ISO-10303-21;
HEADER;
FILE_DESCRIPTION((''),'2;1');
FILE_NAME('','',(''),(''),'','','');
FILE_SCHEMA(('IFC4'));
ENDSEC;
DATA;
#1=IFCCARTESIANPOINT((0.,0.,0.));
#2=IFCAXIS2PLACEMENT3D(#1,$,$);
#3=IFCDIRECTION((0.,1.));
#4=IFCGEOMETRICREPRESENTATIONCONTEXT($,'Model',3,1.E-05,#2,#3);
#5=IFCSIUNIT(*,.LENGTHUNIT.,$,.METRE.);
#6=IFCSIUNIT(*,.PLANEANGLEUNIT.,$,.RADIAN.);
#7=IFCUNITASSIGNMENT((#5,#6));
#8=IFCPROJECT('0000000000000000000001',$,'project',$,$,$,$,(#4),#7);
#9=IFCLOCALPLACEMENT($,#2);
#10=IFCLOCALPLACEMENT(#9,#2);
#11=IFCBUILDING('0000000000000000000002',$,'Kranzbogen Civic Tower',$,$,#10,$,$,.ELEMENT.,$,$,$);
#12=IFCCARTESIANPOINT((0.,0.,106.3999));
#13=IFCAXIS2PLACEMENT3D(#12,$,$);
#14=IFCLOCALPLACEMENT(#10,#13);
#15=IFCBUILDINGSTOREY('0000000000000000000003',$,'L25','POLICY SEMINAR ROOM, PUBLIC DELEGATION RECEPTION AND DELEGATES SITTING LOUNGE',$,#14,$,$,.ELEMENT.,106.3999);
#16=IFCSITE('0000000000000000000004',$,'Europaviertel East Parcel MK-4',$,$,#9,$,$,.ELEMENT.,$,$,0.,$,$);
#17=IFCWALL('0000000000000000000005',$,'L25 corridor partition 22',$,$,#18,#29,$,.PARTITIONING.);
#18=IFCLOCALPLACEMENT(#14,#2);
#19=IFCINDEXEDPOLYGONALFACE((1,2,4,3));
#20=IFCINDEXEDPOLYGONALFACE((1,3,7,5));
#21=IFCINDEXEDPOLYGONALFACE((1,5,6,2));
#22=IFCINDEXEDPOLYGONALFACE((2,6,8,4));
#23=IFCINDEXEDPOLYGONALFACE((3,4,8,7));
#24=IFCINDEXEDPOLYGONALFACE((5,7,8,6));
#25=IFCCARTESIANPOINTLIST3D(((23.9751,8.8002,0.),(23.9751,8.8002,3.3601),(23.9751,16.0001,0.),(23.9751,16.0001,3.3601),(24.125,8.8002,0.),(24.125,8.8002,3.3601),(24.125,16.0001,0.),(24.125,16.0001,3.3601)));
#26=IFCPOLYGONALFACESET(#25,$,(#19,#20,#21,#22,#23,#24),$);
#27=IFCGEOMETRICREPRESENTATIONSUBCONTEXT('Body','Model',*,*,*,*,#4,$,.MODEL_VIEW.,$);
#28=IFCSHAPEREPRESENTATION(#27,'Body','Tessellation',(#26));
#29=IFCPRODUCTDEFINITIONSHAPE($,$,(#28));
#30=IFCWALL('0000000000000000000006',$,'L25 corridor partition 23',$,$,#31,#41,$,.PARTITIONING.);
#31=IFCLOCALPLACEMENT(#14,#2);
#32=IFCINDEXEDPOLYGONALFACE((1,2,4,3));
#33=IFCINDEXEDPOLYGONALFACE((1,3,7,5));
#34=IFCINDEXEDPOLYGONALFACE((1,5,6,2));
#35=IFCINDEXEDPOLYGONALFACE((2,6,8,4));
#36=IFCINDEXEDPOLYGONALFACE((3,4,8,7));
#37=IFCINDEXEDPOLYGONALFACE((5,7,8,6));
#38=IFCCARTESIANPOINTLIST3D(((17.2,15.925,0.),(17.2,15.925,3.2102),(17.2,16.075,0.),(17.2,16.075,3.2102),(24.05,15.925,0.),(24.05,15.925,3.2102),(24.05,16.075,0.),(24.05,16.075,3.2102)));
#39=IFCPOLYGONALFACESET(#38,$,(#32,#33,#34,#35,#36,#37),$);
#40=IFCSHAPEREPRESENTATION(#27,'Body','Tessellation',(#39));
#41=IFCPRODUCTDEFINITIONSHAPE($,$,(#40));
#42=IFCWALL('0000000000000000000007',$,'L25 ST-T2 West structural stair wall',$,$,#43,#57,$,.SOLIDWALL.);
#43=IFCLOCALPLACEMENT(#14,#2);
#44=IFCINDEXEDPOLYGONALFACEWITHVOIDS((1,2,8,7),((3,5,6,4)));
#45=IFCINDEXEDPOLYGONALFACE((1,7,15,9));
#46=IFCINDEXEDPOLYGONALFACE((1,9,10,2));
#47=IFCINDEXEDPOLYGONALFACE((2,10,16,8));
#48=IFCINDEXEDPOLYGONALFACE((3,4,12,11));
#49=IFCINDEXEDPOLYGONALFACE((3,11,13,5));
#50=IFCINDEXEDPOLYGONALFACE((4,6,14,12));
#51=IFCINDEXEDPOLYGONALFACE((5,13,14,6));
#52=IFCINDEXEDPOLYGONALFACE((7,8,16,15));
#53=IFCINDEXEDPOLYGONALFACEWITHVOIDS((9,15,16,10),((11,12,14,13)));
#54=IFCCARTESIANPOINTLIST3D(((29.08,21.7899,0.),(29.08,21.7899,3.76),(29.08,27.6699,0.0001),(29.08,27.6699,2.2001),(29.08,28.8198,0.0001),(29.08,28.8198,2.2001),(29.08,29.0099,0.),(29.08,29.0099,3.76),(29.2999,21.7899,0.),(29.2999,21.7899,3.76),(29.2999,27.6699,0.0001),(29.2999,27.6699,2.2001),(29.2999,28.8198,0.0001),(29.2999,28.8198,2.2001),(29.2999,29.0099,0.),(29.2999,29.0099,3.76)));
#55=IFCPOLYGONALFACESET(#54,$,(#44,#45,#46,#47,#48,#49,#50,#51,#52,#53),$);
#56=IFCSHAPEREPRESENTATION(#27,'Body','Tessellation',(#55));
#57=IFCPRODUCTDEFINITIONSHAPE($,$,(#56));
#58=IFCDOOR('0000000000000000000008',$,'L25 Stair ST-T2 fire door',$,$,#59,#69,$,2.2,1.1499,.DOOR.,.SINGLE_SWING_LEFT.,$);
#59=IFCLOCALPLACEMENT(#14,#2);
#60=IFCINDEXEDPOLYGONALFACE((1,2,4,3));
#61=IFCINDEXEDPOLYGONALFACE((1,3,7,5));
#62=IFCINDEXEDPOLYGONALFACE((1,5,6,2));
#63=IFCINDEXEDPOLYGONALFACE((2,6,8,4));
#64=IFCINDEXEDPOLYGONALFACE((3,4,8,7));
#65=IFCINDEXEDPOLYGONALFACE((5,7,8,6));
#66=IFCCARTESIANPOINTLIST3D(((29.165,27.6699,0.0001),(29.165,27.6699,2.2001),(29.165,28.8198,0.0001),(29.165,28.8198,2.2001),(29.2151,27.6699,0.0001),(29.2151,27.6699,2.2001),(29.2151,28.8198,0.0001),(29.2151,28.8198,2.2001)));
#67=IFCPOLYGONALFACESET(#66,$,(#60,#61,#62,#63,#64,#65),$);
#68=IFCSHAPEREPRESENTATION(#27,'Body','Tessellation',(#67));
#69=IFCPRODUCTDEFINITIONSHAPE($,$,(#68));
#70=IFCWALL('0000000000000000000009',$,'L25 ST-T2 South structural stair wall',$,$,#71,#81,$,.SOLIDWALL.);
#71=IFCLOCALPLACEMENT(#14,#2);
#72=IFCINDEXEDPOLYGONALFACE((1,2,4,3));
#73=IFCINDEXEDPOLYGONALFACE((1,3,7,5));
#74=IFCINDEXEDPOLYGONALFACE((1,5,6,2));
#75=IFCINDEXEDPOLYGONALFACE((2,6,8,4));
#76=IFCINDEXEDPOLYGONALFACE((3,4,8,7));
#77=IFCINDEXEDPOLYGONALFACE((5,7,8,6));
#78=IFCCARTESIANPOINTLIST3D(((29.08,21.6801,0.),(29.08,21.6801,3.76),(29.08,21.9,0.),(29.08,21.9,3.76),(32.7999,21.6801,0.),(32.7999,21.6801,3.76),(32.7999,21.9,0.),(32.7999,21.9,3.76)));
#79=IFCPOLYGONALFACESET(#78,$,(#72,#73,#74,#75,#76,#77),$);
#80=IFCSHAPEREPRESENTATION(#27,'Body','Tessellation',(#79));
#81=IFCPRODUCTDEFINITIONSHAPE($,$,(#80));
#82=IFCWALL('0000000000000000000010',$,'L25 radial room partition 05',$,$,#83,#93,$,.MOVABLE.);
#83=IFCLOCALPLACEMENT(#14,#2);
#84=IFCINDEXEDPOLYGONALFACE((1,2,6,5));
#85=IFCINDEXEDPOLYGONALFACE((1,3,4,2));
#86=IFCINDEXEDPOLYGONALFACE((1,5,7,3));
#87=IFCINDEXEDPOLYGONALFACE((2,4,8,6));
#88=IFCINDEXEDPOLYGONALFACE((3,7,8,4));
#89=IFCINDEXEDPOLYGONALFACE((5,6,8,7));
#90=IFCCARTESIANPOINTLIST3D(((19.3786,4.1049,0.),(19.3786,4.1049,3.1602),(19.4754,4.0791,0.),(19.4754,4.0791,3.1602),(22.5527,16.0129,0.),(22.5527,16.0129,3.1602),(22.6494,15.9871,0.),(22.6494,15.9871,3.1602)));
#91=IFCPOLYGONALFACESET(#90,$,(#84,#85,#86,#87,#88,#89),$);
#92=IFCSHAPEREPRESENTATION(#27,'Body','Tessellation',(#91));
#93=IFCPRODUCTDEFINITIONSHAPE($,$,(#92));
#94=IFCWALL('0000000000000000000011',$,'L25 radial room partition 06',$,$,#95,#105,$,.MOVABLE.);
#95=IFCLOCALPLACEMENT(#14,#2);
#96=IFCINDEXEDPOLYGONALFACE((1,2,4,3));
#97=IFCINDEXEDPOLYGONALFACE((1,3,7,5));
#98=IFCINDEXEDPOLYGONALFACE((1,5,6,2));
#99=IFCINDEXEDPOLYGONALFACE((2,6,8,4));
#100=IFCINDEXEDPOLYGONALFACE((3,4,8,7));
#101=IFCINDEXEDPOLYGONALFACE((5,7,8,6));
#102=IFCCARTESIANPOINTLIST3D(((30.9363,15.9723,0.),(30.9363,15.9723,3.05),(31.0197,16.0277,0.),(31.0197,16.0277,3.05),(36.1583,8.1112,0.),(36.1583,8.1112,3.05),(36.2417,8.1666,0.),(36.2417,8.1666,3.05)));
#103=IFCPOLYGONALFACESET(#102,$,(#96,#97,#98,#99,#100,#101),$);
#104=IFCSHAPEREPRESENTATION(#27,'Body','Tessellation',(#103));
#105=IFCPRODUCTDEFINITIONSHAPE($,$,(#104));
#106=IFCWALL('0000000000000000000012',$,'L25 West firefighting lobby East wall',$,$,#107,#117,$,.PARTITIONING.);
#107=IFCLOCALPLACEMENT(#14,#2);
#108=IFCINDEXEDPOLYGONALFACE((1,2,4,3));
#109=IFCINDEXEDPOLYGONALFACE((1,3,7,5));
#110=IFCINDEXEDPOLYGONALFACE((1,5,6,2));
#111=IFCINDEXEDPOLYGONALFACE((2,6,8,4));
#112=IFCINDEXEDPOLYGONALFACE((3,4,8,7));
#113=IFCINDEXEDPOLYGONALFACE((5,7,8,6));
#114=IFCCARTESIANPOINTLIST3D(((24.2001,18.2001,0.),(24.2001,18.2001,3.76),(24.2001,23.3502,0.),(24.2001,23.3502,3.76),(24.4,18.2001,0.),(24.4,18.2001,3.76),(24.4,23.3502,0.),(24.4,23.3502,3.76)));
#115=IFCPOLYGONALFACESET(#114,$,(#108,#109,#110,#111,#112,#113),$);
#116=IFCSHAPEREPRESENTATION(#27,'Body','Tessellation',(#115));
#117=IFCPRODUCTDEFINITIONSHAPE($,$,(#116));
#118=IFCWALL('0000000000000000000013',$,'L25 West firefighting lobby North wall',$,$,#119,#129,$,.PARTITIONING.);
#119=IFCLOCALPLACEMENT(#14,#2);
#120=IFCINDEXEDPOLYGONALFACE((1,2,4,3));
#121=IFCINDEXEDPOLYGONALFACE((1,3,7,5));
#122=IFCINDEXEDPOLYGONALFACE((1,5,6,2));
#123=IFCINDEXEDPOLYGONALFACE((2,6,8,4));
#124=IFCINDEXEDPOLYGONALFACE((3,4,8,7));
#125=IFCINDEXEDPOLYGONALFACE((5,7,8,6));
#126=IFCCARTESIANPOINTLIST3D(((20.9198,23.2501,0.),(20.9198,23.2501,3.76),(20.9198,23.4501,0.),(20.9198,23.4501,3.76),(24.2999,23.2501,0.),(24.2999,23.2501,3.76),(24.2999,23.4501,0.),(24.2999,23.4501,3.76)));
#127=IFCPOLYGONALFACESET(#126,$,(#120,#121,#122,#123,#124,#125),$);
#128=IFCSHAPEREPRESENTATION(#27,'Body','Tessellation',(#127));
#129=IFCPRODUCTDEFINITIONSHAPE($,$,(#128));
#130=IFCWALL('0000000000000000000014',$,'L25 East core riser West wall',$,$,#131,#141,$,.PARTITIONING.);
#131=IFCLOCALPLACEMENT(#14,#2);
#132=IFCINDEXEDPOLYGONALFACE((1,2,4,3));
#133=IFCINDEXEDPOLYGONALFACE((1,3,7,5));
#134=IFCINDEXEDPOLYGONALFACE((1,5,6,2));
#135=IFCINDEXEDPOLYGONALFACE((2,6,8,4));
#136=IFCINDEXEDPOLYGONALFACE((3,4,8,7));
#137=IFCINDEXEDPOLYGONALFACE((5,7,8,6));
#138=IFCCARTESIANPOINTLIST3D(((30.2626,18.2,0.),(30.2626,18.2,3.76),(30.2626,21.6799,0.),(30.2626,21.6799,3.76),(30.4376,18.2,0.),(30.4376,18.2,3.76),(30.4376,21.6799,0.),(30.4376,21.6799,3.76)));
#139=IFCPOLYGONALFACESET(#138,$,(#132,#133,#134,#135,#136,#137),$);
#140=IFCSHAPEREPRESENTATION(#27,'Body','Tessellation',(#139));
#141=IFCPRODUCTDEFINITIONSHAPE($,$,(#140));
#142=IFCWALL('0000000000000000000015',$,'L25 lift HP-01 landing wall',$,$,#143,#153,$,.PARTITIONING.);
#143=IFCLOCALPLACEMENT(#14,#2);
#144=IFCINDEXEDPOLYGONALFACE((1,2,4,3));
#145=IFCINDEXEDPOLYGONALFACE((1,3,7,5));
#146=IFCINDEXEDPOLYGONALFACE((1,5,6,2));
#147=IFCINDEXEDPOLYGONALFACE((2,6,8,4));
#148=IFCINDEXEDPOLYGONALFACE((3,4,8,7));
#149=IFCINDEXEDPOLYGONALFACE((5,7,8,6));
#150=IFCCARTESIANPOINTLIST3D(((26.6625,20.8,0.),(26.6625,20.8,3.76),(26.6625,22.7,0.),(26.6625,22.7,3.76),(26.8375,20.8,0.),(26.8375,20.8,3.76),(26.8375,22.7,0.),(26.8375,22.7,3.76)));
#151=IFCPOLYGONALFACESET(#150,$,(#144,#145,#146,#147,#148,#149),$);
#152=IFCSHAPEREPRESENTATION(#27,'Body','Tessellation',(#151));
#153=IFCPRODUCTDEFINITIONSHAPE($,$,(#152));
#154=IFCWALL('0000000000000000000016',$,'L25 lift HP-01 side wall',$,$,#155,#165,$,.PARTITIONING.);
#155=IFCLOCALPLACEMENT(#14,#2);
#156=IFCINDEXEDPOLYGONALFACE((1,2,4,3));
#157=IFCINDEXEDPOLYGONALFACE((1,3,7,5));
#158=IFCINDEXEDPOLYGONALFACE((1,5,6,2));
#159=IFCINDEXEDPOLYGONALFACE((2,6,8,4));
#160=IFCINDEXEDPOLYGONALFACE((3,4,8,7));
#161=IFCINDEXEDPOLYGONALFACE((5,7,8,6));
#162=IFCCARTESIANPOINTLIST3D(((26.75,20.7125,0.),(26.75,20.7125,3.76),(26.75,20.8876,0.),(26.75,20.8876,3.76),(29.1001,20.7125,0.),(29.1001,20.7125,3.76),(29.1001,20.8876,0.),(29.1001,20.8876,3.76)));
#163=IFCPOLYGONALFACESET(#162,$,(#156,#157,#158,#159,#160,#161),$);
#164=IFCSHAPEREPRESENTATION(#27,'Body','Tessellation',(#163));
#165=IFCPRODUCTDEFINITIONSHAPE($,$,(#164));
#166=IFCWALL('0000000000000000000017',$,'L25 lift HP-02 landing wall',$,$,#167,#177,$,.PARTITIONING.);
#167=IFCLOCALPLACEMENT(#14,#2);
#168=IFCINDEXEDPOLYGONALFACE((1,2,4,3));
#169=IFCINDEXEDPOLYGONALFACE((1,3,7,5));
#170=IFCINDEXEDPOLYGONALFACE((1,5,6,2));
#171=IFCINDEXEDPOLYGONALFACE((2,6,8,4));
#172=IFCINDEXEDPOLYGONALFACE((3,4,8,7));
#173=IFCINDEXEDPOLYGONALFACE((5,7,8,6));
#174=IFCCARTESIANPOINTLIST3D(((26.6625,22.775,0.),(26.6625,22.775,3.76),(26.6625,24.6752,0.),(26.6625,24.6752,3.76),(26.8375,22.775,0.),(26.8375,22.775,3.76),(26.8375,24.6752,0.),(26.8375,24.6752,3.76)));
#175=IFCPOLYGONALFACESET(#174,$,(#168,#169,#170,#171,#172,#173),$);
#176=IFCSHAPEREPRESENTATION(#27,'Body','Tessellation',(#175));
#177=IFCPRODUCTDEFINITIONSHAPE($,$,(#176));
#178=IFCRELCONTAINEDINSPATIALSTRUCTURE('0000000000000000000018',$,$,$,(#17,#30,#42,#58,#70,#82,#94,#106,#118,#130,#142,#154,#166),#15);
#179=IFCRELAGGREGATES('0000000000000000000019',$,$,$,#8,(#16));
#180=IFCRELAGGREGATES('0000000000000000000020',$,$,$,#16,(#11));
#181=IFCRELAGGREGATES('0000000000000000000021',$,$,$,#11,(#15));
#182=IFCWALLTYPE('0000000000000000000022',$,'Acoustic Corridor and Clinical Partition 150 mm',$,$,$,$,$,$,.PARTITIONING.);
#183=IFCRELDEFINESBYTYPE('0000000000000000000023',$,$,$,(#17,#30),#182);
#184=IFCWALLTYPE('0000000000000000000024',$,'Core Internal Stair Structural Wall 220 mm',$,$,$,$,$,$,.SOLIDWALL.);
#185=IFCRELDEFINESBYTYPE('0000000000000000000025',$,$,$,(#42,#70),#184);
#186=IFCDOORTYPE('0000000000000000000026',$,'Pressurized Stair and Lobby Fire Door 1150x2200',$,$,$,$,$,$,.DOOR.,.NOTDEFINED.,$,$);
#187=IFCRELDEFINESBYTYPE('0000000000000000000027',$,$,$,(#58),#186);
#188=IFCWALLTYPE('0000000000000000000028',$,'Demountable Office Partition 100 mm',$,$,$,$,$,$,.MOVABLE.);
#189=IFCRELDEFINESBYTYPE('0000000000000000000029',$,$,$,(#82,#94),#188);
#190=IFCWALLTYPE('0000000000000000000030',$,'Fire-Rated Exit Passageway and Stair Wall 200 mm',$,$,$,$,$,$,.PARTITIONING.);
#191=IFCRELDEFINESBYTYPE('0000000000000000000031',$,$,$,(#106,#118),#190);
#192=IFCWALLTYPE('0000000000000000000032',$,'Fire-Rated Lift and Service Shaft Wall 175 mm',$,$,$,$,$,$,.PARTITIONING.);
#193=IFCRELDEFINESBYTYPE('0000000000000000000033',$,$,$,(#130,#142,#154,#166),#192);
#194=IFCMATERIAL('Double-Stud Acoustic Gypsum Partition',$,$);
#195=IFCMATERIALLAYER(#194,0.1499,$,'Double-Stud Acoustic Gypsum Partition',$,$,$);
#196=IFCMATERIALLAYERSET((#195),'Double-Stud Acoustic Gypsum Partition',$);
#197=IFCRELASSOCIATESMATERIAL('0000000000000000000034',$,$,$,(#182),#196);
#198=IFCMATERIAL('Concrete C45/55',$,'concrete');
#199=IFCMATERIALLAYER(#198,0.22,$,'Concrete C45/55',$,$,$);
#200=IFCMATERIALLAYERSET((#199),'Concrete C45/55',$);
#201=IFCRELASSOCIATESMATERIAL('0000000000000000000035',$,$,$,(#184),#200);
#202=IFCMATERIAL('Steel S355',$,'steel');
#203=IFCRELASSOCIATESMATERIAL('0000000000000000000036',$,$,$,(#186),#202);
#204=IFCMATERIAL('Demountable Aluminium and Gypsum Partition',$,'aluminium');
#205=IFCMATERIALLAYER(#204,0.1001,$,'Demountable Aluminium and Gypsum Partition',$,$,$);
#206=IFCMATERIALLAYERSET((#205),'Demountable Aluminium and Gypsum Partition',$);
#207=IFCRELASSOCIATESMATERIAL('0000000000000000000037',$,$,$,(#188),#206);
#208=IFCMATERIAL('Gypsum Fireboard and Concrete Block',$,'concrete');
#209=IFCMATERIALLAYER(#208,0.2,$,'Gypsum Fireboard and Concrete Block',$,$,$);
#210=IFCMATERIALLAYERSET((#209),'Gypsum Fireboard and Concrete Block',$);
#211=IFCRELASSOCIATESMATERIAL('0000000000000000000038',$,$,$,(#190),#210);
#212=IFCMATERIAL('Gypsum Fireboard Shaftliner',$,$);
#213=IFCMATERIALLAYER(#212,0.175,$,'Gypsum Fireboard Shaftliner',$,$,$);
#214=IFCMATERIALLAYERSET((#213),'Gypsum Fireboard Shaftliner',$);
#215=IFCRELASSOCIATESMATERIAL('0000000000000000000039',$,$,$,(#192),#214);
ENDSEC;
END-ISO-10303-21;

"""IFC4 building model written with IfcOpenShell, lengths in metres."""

from ifc_helpers import new_model, si_unit, direction, frame, frame_2d, origin, place, context, subcontext, project, spatial, rectangle, extrude, material, layer, layer_set, type_object, element, fill, save


model = new_model("IFC4")

# Units and contexts
model_context = context("Model", 3, precision=1e-05, world=origin(), true_north=direction((0.0, 1.0)))
body_context = subcontext(model_context, "Body", "Model", "MODEL_VIEW")
ifc_project = project(units=[si_unit("LENGTHUNIT", "METRE"), si_unit("PLANEANGLEUNIT", "RADIAN")], contexts=[model_context])

# Site, building, storey
site_placement = place(None, origin())
site = spatial("IfcSite", under=ifc_project, at=site_placement, Name="Europaviertel East Parcel MK-4", CompositionType="ELEMENT", RefElevation=0.0)
building_placement = place(site_placement, origin())
building = spatial("IfcBuilding", under=site, at=building_placement, Name="Kranzbogen Civic Tower", CompositionType="ELEMENT")
storey_placement = place(building_placement, frame((0.0, 0.0, 106.3999)))
storey = spatial("IfcBuildingStorey", under=building, at=storey_placement, Name="L25", Description="POLICY SEMINAR ROOM, PUBLIC DELEGATION RECEPTION AND DELEGATES SITTING LOUNGE", CompositionType="ELEMENT", Elevation=106.3999)

# Shared definitions
ifc_material_1 = material(Name="Steel S355", Category="steel")

# Walls
ifc_material_2 = material(Name="Double-Stud Acoustic Gypsum Partition")
ifc_layer_1 = layer(ifc_material_2, 0.1499, Name="Double-Stud Acoustic Gypsum Partition")
ifc_layer_set_1 = layer_set([ifc_layer_1], Name="Double-Stud Acoustic Gypsum Partition")
wall_type_1 = type_object("IfcWallType", Name="Acoustic Corridor and Clinical Partition 150 mm", PredefinedType="PARTITIONING", material=ifc_layer_set_1)
wall_1_placement = place(storey_placement, frame((24.05, 8.8, 0.0), z_axis=(0.0, 0.0, 1.0), x_axis=(0.0, 1.0, 0.0)))
element("IfcWall", 1, at=wall_1_placement, inside=storey, type_object=wall_type_1, Name="L25 corridor partition 22", PredefinedType="PARTITIONING", context=body_context, shape_type="SweptSolid", body=[
    extrude(rectangle(XDim=7.2, YDim=0.1499, at=frame_2d((3.6001, 0.0))), origin(), (0.0, 0.0, 1.0), 3.3601),
])
wall_2_placement = place(storey_placement, frame((24.05, 16.0, 0.0), z_axis=(0.0, 0.0, 1.0), x_axis=(-1.0, 0.0, 0.0)))
element("IfcWall", 2, at=wall_2_placement, inside=storey, type_object=wall_type_1, Name="L25 corridor partition 23", PredefinedType="PARTITIONING", context=body_context, shape_type="SweptSolid", body=[
    extrude(rectangle(XDim=6.8501, YDim=0.1499, at=frame_2d((3.425, 0.0))), origin(), (0.0, 0.0, 1.0), 3.2102),
])

# Wall, opening, door
ifc_material_3 = material(Name="Concrete C45/55", Category="concrete")
ifc_layer_2 = layer(ifc_material_3, 0.22, Name="Concrete C45/55")
ifc_layer_set_2 = layer_set([ifc_layer_2], Name="Concrete C45/55")
wall_type_2 = type_object("IfcWallType", Name="Core Internal Stair Structural Wall 220 mm", PredefinedType="SOLIDWALL", material=ifc_layer_set_2)
wall_3_placement = place(storey_placement, frame((29.1899, 21.79, 0.0), z_axis=(0.0, 0.0, 1.0), x_axis=(0.0, 1.0, 0.0)))
wall_3 = element("IfcWall", 3, at=wall_3_placement, inside=storey, type_object=wall_type_2, Name="L25 ST-T2 West structural stair wall", PredefinedType="SOLIDWALL", context=body_context, shape_type="SweptSolid", body=[
    extrude(rectangle(XDim=7.22, YDim=0.22, at=frame_2d((3.6099, 0.0))), origin(), (0.0, 0.0, 1.0), 3.76),
])
opening_1_placement = place(wall_3_placement, frame((5.8799, 0.0, 0.0)))
opening_1 = element("IfcOpeningElement", 4, at=opening_1_placement, cuts=wall_3, PredefinedType="OPENING", context=body_context, shape_type="SweptSolid", body=[
    extrude(rectangle(XDim=1.1499, YDim=2.2, at=frame_2d((0.575, 1.1001))), frame((0.0, 0.1201, 0.0), z_axis=(0.0, -1.0, 0.0), x_axis=(1.0, 0.0, 0.0)), (0.0, 0.0, 1.0), 0.24),
])
door_type_1 = type_object("IfcDoorType", Name="Pressurized Stair and Lobby Fire Door 1150x2200", OperationType="NOTDEFINED", PredefinedType="DOOR", material=ifc_material_1)
door_1_placement = place(opening_1_placement, origin())
door_1 = element("IfcDoor", 5, at=door_1_placement, inside=storey, type_object=door_type_1, Name="L25 Stair ST-T2 fire door", OperationType="SINGLE_SWING_LEFT", OverallHeight=2.2, OverallWidth=1.1499, PredefinedType="DOOR", context=body_context, shape_type="SweptSolid", body=[
    extrude(rectangle(XDim=1.1499, YDim=2.2, at=frame_2d((0.575, 1.1001))), frame((0.0, 0.0249, 0.0), z_axis=(0.0, -1.0, 0.0), x_axis=(1.0, 0.0, 0.0)), (0.0, 0.0, 1.0), 0.05),
])
fill(opening_1, door_1)

# Walls
wall_4_placement = place(storey_placement, frame((29.0801, 21.79, 0.0), z_axis=(0.0, 0.0, 1.0), x_axis=(1.0, 0.0, 0.0)))
element("IfcWall", 6, at=wall_4_placement, inside=storey, type_object=wall_type_2, Name="L25 ST-T2 South structural stair wall", PredefinedType="SOLIDWALL", context=body_context, shape_type="SweptSolid", body=[
    extrude(rectangle(XDim=3.72, YDim=0.22, at=frame_2d((1.8599, 0.0))), origin(), (0.0, 0.0, 1.0), 3.76),
])
ifc_material_4 = material(Name="Demountable Aluminium and Gypsum Partition", Category="aluminium")
ifc_layer_3 = layer(ifc_material_4, 0.1001, Name="Demountable Aluminium and Gypsum Partition")
ifc_layer_set_3 = layer_set([ifc_layer_3], Name="Demountable Aluminium and Gypsum Partition")
wall_type_3 = type_object("IfcWallType", Name="Demountable Office Partition 100 mm", PredefinedType="MOVABLE", material=ifc_layer_set_3)
wall_5_placement = place(storey_placement, frame((22.6011, 16.0, 0.0), z_axis=(0.0, 0.0, 1.0), x_axis=(-0.257558, -0.966263, 0.0)))
element("IfcWall", 7, at=wall_5_placement, inside=storey, type_object=wall_type_3, Name="L25 radial room partition 05", PredefinedType="MOVABLE", context=body_context, shape_type="SweptSolid", body=[
    extrude(rectangle(XDim=12.3237, YDim=0.1001, at=frame_2d((6.1619, 0.0))), origin(), (0.0, 0.0, 1.0), 3.1602),
])
wall_6_placement = place(storey_placement, frame((30.978, 16.0, 0.0), z_axis=(0.0, 0.0, 1.0), x_axis=(0.55332, -0.832969, 0.0)))
element("IfcWall", 8, at=wall_6_placement, inside=storey, type_object=wall_type_3, Name="L25 radial room partition 06", PredefinedType="MOVABLE", context=body_context, shape_type="SweptSolid", body=[
    extrude(rectangle(XDim=9.4375, YDim=0.1001, at=frame_2d((4.7188, 0.0))), origin(), (0.0, 0.0, 1.0), 3.05),
])
ifc_material_5 = material(Name="Gypsum Fireboard and Concrete Block", Category="concrete")
ifc_layer_4 = layer(ifc_material_5, 0.2, Name="Gypsum Fireboard and Concrete Block")
ifc_layer_set_4 = layer_set([ifc_layer_4], Name="Gypsum Fireboard and Concrete Block")
wall_type_4 = type_object("IfcWallType", Name="Fire-Rated Exit Passageway and Stair Wall 200 mm", PredefinedType="PARTITIONING", material=ifc_layer_set_4)
wall_7_placement = place(storey_placement, frame((24.3, 18.2, 0.0), z_axis=(0.0, 0.0, 1.0), x_axis=(0.0, 1.0, 0.0)))
element("IfcWall", 9, at=wall_7_placement, inside=storey, type_object=wall_type_4, Name="L25 West firefighting lobby East wall", PredefinedType="PARTITIONING", context=body_context, shape_type="SweptSolid", body=[
    extrude(rectangle(XDim=5.1501, YDim=0.2, at=frame_2d((2.5752, 0.0))), origin(), (0.0, 0.0, 1.0), 3.76),
])
wall_8_placement = place(storey_placement, frame((20.9199, 23.3501, 0.0), z_axis=(0.0, 0.0, 1.0), x_axis=(1.0, 0.0, 0.0)))
element("IfcWall", 10, at=wall_8_placement, inside=storey, type_object=wall_type_4, Name="L25 West firefighting lobby North wall", PredefinedType="PARTITIONING", context=body_context, shape_type="SweptSolid", body=[
    extrude(rectangle(XDim=3.3801, YDim=0.2, at=frame_2d((1.6899, 0.0))), origin(), (0.0, 0.0, 1.0), 3.76),
])
ifc_material_6 = material(Name="Gypsum Fireboard Shaftliner")
ifc_layer_5 = layer(ifc_material_6, 0.175, Name="Gypsum Fireboard Shaftliner")
ifc_layer_set_5 = layer_set([ifc_layer_5], Name="Gypsum Fireboard Shaftliner")
wall_type_5 = type_object("IfcWallType", Name="Fire-Rated Lift and Service Shaft Wall 175 mm", PredefinedType="PARTITIONING", material=ifc_layer_set_5)
wall_9_placement = place(storey_placement, frame((30.3501, 18.2, 0.0), z_axis=(0.0, 0.0, 1.0), x_axis=(0.0, 1.0, 0.0)))
element("IfcWall", 11, at=wall_9_placement, inside=storey, type_object=wall_type_5, Name="L25 East core riser West wall", PredefinedType="PARTITIONING", context=body_context, shape_type="SweptSolid", body=[
    extrude(rectangle(XDim=3.48, YDim=0.175, at=frame_2d((1.74, 0.0))), origin(), (0.0, 0.0, 1.0), 3.76),
])
wall_10_placement = place(storey_placement, frame((26.75, 20.8, 0.0), z_axis=(0.0, 0.0, 1.0), x_axis=(0.0, 1.0, 0.0)))
element("IfcWall", 12, at=wall_10_placement, inside=storey, type_object=wall_type_5, Name="L25 lift HP-01 landing wall", PredefinedType="PARTITIONING", context=body_context, shape_type="SweptSolid", body=[
    extrude(rectangle(XDim=1.8999, YDim=0.175, at=frame_2d((0.95, 0.0))), origin(), (0.0, 0.0, 1.0), 3.76),
])
wall_11_placement = place(storey_placement, frame((26.75, 20.8, 0.0), z_axis=(0.0, 0.0, 1.0), x_axis=(1.0, 0.0, 0.0)))
element("IfcWall", 13, at=wall_11_placement, inside=storey, type_object=wall_type_5, Name="L25 lift HP-01 side wall", PredefinedType="PARTITIONING", context=body_context, shape_type="SweptSolid", body=[
    extrude(rectangle(XDim=2.3501, YDim=0.175, at=frame_2d((1.175, 0.0))), origin(), (0.0, 0.0, 1.0), 3.76),
])
wall_12_placement = place(storey_placement, frame((26.75, 22.7749, 0.0), z_axis=(0.0, 0.0, 1.0), x_axis=(0.0, 1.0, 0.0)))
element("IfcWall", 14, at=wall_12_placement, inside=storey, type_object=wall_type_5, Name="L25 lift HP-02 landing wall", PredefinedType="PARTITIONING", context=body_context, shape_type="SweptSolid", body=[
    extrude(rectangle(XDim=1.9001, YDim=0.175, at=frame_2d((0.9502, 0.0))), origin(), (0.0, 0.0, 1.0), 3.76),
])

save(model, "model.ifc")
